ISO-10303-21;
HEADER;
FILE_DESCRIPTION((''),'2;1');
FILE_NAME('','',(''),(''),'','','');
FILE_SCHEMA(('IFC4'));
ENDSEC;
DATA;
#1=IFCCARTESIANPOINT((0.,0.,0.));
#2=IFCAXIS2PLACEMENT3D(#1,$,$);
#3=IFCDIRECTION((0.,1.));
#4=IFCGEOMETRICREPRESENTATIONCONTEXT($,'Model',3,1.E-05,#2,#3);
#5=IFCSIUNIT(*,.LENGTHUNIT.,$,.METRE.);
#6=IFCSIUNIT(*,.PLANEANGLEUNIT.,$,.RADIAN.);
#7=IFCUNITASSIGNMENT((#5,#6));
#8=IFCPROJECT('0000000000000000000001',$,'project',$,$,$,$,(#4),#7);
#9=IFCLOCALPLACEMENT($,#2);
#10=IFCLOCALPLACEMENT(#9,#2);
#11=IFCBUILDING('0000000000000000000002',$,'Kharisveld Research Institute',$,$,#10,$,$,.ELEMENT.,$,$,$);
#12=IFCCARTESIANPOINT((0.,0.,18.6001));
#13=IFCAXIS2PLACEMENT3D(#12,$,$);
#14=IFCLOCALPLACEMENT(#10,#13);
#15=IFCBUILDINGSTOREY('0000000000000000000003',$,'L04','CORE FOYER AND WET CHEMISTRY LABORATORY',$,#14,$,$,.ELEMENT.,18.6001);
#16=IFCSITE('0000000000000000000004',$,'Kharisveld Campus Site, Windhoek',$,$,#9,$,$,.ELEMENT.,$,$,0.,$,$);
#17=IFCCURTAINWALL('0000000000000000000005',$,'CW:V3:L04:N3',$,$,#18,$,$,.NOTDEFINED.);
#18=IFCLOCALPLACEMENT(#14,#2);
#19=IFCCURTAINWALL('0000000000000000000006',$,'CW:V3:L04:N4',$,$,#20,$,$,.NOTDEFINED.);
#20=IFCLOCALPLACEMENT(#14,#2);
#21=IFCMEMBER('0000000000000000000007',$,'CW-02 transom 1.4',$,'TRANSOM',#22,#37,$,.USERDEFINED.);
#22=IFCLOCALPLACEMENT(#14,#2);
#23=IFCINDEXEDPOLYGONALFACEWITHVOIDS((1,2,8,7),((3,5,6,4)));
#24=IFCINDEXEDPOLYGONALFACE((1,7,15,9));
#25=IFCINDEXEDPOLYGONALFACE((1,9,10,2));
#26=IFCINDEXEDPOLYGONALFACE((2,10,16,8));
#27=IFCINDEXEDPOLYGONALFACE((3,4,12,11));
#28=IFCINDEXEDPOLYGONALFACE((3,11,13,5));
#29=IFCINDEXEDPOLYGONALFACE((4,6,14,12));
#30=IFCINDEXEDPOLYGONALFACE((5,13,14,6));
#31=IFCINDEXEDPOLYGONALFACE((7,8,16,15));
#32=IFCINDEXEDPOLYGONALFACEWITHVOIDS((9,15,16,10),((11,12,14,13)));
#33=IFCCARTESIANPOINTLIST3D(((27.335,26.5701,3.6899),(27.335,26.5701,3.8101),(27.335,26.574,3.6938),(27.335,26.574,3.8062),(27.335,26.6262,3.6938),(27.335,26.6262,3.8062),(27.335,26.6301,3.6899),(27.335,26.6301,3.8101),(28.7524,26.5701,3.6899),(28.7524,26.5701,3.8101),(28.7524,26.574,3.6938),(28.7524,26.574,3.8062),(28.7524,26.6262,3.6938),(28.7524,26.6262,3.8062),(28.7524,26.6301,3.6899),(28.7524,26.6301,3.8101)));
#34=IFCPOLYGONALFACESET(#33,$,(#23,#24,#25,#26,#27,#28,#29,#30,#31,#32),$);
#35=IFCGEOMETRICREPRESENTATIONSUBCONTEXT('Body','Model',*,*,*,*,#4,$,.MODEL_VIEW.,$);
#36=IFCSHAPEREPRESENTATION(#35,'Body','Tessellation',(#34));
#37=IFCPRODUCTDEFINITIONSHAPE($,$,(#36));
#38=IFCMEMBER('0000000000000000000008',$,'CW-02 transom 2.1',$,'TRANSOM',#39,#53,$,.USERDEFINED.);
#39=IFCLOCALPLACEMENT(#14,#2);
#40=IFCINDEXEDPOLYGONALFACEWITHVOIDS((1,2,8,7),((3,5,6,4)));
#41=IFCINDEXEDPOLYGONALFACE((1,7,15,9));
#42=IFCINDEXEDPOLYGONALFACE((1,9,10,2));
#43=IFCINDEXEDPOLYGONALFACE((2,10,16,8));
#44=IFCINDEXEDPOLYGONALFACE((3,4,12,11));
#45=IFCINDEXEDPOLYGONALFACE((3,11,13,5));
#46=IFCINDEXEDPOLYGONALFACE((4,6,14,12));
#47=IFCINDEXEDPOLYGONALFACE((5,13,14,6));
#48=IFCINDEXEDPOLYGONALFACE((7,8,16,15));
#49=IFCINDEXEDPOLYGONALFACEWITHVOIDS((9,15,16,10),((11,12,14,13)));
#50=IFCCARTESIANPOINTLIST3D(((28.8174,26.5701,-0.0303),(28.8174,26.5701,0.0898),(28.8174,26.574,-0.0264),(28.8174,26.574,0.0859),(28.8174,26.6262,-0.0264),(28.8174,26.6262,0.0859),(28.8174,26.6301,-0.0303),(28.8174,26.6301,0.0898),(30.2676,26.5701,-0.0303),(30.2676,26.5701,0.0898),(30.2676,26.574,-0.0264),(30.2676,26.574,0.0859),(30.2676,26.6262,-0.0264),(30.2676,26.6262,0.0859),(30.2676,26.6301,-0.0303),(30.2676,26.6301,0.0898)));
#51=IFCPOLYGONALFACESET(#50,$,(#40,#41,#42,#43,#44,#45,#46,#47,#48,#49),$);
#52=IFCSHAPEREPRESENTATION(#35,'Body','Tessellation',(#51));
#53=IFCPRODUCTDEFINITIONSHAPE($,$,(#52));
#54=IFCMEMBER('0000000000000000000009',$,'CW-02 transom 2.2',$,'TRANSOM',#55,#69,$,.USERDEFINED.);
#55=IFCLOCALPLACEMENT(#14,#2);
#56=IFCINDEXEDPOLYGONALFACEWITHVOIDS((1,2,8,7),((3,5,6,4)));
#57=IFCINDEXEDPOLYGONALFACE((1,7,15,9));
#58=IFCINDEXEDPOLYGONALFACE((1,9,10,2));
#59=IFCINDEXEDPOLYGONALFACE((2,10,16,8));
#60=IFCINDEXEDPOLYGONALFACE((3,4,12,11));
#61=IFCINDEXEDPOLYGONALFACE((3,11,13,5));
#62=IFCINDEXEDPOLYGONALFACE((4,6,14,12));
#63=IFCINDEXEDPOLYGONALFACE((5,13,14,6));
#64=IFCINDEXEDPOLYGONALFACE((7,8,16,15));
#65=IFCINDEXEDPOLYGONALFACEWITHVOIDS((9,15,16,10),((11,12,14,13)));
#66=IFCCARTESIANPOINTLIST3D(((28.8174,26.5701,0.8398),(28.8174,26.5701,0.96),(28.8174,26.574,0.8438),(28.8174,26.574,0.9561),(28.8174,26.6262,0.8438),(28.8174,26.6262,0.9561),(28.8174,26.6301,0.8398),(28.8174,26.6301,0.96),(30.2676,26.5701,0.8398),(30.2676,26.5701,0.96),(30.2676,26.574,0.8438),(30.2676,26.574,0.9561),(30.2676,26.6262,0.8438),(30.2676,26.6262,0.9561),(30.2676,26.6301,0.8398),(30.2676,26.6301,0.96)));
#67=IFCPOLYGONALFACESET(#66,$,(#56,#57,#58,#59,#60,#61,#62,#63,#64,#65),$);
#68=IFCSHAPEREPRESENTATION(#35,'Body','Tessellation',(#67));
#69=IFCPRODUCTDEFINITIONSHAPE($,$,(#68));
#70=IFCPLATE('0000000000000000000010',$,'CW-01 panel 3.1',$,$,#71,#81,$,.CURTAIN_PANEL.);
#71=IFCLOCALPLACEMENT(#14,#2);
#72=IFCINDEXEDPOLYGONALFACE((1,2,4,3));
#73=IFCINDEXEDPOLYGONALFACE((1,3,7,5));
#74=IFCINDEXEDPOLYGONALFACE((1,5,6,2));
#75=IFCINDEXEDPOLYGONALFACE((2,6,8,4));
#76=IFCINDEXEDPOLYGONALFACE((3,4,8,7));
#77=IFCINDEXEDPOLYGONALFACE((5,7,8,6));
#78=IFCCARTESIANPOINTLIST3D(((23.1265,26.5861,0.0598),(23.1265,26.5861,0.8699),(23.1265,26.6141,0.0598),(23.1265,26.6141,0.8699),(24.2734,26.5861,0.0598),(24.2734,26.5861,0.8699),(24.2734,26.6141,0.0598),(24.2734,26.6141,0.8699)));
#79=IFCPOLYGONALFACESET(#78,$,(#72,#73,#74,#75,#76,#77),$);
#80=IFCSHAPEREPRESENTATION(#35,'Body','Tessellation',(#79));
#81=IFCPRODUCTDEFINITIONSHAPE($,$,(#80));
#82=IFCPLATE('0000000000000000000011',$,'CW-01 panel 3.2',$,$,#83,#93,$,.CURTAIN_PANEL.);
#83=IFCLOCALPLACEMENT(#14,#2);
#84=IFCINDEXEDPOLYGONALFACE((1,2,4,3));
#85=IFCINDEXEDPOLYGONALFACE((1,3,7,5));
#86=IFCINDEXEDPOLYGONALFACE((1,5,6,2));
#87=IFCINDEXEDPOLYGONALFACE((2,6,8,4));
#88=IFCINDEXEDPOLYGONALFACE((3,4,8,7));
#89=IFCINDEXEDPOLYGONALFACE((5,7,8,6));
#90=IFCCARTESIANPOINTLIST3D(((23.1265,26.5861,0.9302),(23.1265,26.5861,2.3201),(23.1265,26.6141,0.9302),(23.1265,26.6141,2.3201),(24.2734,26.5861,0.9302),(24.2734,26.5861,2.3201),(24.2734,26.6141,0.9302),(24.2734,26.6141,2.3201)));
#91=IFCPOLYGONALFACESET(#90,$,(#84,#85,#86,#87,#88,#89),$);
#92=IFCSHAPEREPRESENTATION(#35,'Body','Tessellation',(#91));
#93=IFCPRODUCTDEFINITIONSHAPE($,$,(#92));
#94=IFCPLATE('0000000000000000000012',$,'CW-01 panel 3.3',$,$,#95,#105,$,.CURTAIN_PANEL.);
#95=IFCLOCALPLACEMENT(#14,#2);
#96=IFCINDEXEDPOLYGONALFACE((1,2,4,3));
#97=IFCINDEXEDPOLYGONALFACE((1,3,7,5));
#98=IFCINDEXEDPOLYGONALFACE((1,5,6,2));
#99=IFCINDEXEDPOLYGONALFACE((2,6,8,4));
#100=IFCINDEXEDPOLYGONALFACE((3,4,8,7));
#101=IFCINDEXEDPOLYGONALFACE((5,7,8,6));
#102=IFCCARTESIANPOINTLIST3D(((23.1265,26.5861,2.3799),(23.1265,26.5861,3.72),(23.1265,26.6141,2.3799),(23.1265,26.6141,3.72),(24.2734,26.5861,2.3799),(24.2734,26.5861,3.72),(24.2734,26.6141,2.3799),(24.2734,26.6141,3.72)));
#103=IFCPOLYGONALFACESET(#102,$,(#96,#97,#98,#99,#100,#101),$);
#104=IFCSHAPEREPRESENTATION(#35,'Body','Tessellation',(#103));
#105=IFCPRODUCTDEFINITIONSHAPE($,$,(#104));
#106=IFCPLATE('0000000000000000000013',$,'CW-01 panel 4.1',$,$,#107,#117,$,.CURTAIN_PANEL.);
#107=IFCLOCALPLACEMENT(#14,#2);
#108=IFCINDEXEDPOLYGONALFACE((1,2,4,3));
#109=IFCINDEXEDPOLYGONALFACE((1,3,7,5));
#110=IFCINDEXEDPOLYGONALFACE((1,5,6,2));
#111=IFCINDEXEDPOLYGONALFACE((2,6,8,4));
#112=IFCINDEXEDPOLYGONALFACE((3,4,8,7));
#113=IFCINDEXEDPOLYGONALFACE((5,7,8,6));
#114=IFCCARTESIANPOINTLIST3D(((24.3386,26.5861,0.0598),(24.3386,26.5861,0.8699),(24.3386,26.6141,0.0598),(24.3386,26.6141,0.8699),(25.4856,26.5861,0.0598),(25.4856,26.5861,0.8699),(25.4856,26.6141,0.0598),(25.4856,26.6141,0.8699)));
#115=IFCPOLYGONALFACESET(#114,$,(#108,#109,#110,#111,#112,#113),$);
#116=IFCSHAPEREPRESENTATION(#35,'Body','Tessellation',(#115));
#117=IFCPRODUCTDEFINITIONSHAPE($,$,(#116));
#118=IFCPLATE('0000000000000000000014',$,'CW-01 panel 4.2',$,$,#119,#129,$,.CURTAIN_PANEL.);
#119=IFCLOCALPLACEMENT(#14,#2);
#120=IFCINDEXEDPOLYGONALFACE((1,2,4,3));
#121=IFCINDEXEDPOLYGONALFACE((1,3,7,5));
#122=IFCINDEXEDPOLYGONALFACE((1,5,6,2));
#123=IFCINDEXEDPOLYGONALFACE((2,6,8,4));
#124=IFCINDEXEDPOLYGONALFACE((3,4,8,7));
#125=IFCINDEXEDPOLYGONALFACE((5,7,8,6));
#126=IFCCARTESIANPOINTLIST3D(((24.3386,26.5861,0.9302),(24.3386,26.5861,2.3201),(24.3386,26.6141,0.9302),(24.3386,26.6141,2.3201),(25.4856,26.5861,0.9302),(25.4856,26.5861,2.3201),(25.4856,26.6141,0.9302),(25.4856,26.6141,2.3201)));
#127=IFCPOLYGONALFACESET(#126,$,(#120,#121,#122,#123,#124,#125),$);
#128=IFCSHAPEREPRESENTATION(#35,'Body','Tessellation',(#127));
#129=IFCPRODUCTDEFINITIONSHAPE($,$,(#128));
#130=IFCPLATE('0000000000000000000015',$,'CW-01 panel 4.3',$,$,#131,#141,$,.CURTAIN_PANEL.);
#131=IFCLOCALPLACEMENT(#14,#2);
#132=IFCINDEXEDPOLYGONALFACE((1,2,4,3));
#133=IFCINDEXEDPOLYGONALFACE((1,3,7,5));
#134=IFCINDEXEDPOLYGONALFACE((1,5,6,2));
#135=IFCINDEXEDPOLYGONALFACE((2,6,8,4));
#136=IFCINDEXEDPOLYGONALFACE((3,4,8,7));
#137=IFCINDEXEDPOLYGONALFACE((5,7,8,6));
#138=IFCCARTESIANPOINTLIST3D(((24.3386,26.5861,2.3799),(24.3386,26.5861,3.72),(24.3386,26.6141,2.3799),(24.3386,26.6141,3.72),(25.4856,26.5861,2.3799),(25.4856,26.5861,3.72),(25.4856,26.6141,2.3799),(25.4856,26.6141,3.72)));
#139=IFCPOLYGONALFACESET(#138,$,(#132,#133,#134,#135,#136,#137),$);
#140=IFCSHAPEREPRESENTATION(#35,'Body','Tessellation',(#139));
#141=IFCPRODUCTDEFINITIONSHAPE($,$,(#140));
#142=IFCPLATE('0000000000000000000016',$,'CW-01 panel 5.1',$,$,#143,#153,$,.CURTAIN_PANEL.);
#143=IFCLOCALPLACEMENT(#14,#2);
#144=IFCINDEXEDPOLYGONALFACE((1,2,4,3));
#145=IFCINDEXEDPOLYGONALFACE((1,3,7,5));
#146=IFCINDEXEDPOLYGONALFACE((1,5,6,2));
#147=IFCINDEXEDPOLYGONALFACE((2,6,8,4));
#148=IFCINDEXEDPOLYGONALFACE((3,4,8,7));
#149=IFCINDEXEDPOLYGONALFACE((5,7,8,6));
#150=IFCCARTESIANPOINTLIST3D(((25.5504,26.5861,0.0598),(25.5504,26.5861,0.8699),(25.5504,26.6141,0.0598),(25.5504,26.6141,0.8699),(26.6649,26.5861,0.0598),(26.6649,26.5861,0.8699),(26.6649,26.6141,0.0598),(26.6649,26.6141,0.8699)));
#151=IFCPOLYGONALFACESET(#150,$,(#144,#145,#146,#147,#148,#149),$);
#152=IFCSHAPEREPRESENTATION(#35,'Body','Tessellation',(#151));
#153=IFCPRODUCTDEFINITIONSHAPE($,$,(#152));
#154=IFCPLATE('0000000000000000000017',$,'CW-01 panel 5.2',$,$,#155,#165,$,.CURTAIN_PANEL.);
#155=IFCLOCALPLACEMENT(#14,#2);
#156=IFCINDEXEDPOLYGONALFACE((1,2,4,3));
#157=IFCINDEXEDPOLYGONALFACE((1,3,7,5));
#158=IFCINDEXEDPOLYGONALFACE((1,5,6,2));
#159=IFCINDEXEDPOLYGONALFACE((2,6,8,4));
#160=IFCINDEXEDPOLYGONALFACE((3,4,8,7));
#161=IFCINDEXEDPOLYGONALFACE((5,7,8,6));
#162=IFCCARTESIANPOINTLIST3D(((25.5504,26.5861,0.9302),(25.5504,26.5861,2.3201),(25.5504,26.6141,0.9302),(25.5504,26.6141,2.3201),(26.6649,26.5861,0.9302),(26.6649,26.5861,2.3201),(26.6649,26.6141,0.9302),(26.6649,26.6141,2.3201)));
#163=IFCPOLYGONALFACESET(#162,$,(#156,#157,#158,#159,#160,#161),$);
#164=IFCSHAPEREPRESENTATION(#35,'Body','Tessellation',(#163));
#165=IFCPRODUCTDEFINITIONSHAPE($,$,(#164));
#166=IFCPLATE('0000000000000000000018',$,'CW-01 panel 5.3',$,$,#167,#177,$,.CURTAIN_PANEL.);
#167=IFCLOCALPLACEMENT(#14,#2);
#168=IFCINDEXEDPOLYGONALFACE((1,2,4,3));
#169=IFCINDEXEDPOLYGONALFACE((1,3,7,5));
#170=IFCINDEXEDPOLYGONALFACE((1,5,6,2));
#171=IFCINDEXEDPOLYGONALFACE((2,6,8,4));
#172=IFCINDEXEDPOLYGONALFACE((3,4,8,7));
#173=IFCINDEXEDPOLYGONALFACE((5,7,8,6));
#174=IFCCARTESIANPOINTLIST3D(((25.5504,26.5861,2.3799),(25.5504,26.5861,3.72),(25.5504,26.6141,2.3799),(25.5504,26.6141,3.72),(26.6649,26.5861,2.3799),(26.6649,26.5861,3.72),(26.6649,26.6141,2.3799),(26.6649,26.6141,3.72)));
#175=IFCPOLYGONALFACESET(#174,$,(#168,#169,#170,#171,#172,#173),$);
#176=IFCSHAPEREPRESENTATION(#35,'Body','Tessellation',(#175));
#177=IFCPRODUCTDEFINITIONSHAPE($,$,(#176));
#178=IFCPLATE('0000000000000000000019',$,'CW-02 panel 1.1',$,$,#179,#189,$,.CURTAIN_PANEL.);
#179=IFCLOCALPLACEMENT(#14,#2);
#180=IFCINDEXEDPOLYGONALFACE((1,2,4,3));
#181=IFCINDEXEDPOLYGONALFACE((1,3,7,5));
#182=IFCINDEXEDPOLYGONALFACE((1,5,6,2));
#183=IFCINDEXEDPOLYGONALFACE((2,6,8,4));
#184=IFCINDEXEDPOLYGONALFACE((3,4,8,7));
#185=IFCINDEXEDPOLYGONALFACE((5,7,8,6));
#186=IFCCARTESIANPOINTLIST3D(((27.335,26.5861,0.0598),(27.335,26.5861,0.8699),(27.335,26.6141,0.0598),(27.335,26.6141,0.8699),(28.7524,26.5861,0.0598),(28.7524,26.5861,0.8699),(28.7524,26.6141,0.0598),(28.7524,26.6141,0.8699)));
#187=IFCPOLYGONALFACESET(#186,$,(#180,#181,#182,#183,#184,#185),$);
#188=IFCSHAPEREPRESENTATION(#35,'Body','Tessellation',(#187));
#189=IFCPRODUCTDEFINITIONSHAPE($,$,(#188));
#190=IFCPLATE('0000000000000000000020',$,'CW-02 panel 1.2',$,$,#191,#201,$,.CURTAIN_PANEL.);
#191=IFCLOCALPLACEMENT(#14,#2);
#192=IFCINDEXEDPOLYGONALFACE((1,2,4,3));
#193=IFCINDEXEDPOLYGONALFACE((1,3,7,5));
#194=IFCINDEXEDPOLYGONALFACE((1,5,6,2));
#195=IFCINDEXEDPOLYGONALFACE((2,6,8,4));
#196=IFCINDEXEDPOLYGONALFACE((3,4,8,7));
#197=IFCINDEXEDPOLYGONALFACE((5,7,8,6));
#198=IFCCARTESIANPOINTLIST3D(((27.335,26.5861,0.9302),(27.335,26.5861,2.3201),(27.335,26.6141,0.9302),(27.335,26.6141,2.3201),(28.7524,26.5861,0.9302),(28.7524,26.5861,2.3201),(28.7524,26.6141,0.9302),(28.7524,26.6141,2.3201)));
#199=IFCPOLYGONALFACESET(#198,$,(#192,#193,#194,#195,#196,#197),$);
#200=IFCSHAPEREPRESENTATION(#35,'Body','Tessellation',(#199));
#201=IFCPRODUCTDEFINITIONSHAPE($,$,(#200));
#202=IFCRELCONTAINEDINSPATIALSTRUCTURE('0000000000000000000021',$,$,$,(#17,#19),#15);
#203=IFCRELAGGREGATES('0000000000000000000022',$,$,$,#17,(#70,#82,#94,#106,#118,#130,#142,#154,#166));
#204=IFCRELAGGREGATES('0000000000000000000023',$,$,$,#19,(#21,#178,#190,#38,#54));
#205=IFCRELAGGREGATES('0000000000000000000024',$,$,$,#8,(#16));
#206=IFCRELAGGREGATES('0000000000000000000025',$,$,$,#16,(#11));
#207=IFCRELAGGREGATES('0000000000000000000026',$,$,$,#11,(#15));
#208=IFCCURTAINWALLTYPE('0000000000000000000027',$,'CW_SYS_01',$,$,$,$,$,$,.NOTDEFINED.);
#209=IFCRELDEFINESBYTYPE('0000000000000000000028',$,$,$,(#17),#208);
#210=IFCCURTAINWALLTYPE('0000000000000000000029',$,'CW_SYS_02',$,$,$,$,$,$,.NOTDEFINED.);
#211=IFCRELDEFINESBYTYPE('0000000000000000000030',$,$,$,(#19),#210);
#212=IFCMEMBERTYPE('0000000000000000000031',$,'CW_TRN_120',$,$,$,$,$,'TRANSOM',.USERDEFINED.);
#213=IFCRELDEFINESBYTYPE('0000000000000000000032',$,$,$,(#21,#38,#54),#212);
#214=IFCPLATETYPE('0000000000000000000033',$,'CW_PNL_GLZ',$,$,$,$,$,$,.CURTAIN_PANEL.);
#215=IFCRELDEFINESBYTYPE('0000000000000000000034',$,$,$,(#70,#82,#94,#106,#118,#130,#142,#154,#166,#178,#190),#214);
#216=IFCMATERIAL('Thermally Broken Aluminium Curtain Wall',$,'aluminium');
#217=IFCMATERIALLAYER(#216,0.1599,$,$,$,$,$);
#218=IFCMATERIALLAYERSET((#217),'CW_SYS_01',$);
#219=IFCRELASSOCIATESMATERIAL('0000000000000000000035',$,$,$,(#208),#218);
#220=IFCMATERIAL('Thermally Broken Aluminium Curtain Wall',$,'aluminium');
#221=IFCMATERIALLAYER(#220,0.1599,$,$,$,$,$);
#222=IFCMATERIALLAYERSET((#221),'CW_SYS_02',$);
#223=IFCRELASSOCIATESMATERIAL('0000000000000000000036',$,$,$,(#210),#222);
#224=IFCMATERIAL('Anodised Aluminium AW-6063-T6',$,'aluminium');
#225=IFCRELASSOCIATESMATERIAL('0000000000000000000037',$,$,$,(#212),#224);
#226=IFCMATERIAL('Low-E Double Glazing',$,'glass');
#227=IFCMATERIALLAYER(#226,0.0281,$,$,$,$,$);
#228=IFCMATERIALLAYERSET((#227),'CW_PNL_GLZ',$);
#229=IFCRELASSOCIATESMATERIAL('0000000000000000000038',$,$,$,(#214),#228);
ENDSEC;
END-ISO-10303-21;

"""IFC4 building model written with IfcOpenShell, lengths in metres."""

from ifc_helpers import new_model, si_unit, direction, frame, origin, origin_2d, place, context, subcontext, project, spatial, rectangle, hollow_rectangle, extrude, material, layer, layer_set, material_profile, profile_set, type_object, element, aggregate, save


model = new_model("IFC4")

# Units and contexts
model_context = context("Model", 3, precision=1e-05, world=origin(), true_north=direction((0.0, 1.0)))
body_context = subcontext(model_context, "Body", "Model", "MODEL_VIEW")
ifc_project = project(units=[si_unit("LENGTHUNIT", "METRE"), si_unit("PLANEANGLEUNIT", "RADIAN")], contexts=[model_context])

# Site, building, storey
site_placement = place(None, origin())
site = spatial("IfcSite", under=ifc_project, at=site_placement, Name="Kharisveld Campus Site, Windhoek", CompositionType="ELEMENT", RefElevation=0.0)
building_placement = place(site_placement, origin())
building = spatial("IfcBuilding", under=site, at=building_placement, Name="Kharisveld Research Institute", CompositionType="ELEMENT")
storey_placement = place(building_placement, frame((0.0, 0.0, 18.6001)))
storey = spatial("IfcBuildingStorey", under=building, at=storey_placement, Name="L04", Description="CORE FOYER AND WET CHEMISTRY LABORATORY", CompositionType="ELEMENT", Elevation=18.6001)

# Curtain walls
ifc_material_1 = material(Name="Thermally Broken Aluminium Curtain Wall", Category="aluminium")
ifc_layer_1 = layer(ifc_material_1, 0.1599)
ifc_layer_set_1 = layer_set([ifc_layer_1], Name="CW_SYS_01")
curtain_wall_type_1 = type_object("IfcCurtainWallType", Name="CW_SYS_01", PredefinedType="NOTDEFINED", material=ifc_layer_set_1)
curtain_wall_1_placement = place(storey_placement, origin())
curtain_wall_1 = element("IfcCurtainWall", 1, at=curtain_wall_1_placement, inside=storey, type_object=curtain_wall_type_1, Name="CW:V3:L04:N3", PredefinedType="NOTDEFINED")
ifc_material_2 = material(Name="Thermally Broken Aluminium Curtain Wall", Category="aluminium")
ifc_layer_2 = layer(ifc_material_2, 0.1599)
ifc_layer_set_2 = layer_set([ifc_layer_2], Name="CW_SYS_02")
curtain_wall_type_2 = type_object("IfcCurtainWallType", Name="CW_SYS_02", PredefinedType="NOTDEFINED", material=ifc_layer_set_2)
curtain_wall_2_placement = place(storey_placement, origin())
curtain_wall_2 = element("IfcCurtainWall", 2, at=curtain_wall_2_placement, inside=storey, type_object=curtain_wall_type_2, Name="CW:V3:L04:N4", PredefinedType="NOTDEFINED")

# Members
ifc_material_3 = material(Name="Anodised Aluminium AW-6063-T6", Category="aluminium")
ifc_material_profile_1 = material_profile(ifc_material_3, hollow_rectangle(XDim=0.0601, YDim=0.1201, WallThickness=0.0039, at=origin_2d()))
ifc_profile_set_1 = profile_set([ifc_material_profile_1], Name="Anodised Aluminium AW-6063-T6")
member_type_1 = type_object("IfcMemberType", Name="CW_TRN_120", ElementType="TRANSOM", PredefinedType="USERDEFINED", material=ifc_profile_set_1)
member_1_placement = place(storey_placement, frame((27.335, 26.6001, 3.75), z_axis=(1.0, 0.0, 0.0), x_axis=(0.0, 1.0, 0.0)))
member_1 = element("IfcMember", 3, at=member_1_placement, type_object=member_type_1, Name="CW-02 transom 1.4", ObjectType="TRANSOM", PredefinedType="USERDEFINED", context=body_context, shape_type="SweptSolid", body=[
    extrude(hollow_rectangle(XDim=0.0601, YDim=0.1201, WallThickness=0.0039, at=origin_2d()), origin(), (0.0, 0.0, 1.0), 1.4175),
])
member_2_placement = place(storey_placement, frame((28.8174, 26.6001, 0.0298), z_axis=(1.0, 0.0, 0.0), x_axis=(0.0, 1.0, 0.0)))
member_2 = element("IfcMember", 4, at=member_2_placement, type_object=member_type_1, Name="CW-02 transom 2.1", ObjectType="TRANSOM", PredefinedType="USERDEFINED", context=body_context, shape_type="SweptSolid", body=[
    extrude(hollow_rectangle(XDim=0.0601, YDim=0.1201, WallThickness=0.0039, at=origin_2d()), origin(), (0.0, 0.0, 1.0), 1.4502),
])
member_3_placement = place(storey_placement, frame((28.8174, 26.6001, 0.8999), z_axis=(1.0, 0.0, 0.0), x_axis=(0.0, 1.0, 0.0)))
member_3 = element("IfcMember", 5, at=member_3_placement, type_object=member_type_1, Name="CW-02 transom 2.2", ObjectType="TRANSOM", PredefinedType="USERDEFINED", context=body_context, shape_type="SweptSolid", body=[
    extrude(hollow_rectangle(XDim=0.0601, YDim=0.1201, WallThickness=0.0039, at=origin_2d()), origin(), (0.0, 0.0, 1.0), 1.4502),
])

# Plates
ifc_material_4 = material(Name="Low-E Double Glazing", Category="glass")
ifc_layer_3 = layer(ifc_material_4, 0.0281)
ifc_layer_set_3 = layer_set([ifc_layer_3], Name="CW_PNL_GLZ")
plate_type = type_object("IfcPlateType", Name="CW_PNL_GLZ", PredefinedType="CURTAIN_PANEL", material=ifc_layer_set_3)
plate_1_placement = place(storey_placement, frame((23.7, 26.6001, 0.0598), z_axis=(0.0, 0.0, 1.0), x_axis=(1.0, 0.0, 0.0)))
plate_1 = element("IfcPlate", 6, at=plate_1_placement, type_object=plate_type, Name="CW-01 panel 3.1", PredefinedType="CURTAIN_PANEL", context=body_context, shape_type="SweptSolid", body=[
    extrude(rectangle(XDim=1.147, YDim=0.0281, at=origin_2d()), origin(), (0.0, 0.0, 1.0), 0.8101),
])
plate_2_placement = place(storey_placement, frame((23.7, 26.6001, 0.9302), z_axis=(0.0, 0.0, 1.0), x_axis=(1.0, 0.0, 0.0)))
plate_2 = element("IfcPlate", 7, at=plate_2_placement, type_object=plate_type, Name="CW-01 panel 3.2", PredefinedType="CURTAIN_PANEL", context=body_context, shape_type="SweptSolid", body=[
    extrude(rectangle(XDim=1.147, YDim=0.0281, at=origin_2d()), origin(), (0.0, 0.0, 1.0), 1.3899),
])
plate_3_placement = place(storey_placement, frame((23.7, 26.6001, 2.3799), z_axis=(0.0, 0.0, 1.0), x_axis=(1.0, 0.0, 0.0)))
plate_3 = element("IfcPlate", 8, at=plate_3_placement, type_object=plate_type, Name="CW-01 panel 3.3", PredefinedType="CURTAIN_PANEL", context=body_context, shape_type="SweptSolid", body=[
    extrude(rectangle(XDim=1.147, YDim=0.0281, at=origin_2d()), origin(), (0.0, 0.0, 1.0), 1.3401),
])
plate_4_placement = place(storey_placement, frame((24.9121, 26.6001, 0.0598), z_axis=(0.0, 0.0, 1.0), x_axis=(1.0, 0.0, 0.0)))
plate_4 = element("IfcPlate", 9, at=plate_4_placement, type_object=plate_type, Name="CW-01 panel 4.1", PredefinedType="CURTAIN_PANEL", context=body_context, shape_type="SweptSolid", body=[
    extrude(rectangle(XDim=1.147, YDim=0.0281, at=origin_2d()), origin(), (0.0, 0.0, 1.0), 0.8101),
])
plate_5_placement = place(storey_placement, frame((24.9121, 26.6001, 0.9302), z_axis=(0.0, 0.0, 1.0), x_axis=(1.0, 0.0, 0.0)))
plate_5 = element("IfcPlate", 10, at=plate_5_placement, type_object=plate_type, Name="CW-01 panel 4.2", PredefinedType="CURTAIN_PANEL", context=body_context, shape_type="SweptSolid", body=[
    extrude(rectangle(XDim=1.147, YDim=0.0281, at=origin_2d()), origin(), (0.0, 0.0, 1.0), 1.3899),
])
plate_6_placement = place(storey_placement, frame((24.9121, 26.6001, 2.3799), z_axis=(0.0, 0.0, 1.0), x_axis=(1.0, 0.0, 0.0)))
plate_6 = element("IfcPlate", 11, at=plate_6_placement, type_object=plate_type, Name="CW-01 panel 4.3", PredefinedType="CURTAIN_PANEL", context=body_context, shape_type="SweptSolid", body=[
    extrude(rectangle(XDim=1.147, YDim=0.0281, at=origin_2d()), origin(), (0.0, 0.0, 1.0), 1.3401),
])
plate_7_placement = place(storey_placement, frame((26.1077, 26.6001, 0.0598), z_axis=(0.0, 0.0, 1.0), x_axis=(1.0, 0.0, 0.0)))
plate_7 = element("IfcPlate", 12, at=plate_7_placement, type_object=plate_type, Name="CW-01 panel 5.1", PredefinedType="CURTAIN_PANEL", context=body_context, shape_type="SweptSolid", body=[
    extrude(rectangle(XDim=1.1145, YDim=0.0281, at=origin_2d()), origin(), (0.0, 0.0, 1.0), 0.8101),
])
plate_8_placement = place(storey_placement, frame((26.1077, 26.6001, 0.9302), z_axis=(0.0, 0.0, 1.0), x_axis=(1.0, 0.0, 0.0)))
plate_8 = element("IfcPlate", 13, at=plate_8_placement, type_object=plate_type, Name="CW-01 panel 5.2", PredefinedType="CURTAIN_PANEL", context=body_context, shape_type="SweptSolid", body=[
    extrude(rectangle(XDim=1.1145, YDim=0.0281, at=origin_2d()), origin(), (0.0, 0.0, 1.0), 1.3899),
])
plate_9_placement = place(storey_placement, frame((26.1077, 26.6001, 2.3799), z_axis=(0.0, 0.0, 1.0), x_axis=(1.0, 0.0, 0.0)))
plate_9 = element("IfcPlate", 14, at=plate_9_placement, type_object=plate_type, Name="CW-01 panel 5.3", PredefinedType="CURTAIN_PANEL", context=body_context, shape_type="SweptSolid", body=[
    extrude(rectangle(XDim=1.1145, YDim=0.0281, at=origin_2d()), origin(), (0.0, 0.0, 1.0), 1.3401),
])
aggregate(curtain_wall_1, [plate_1, plate_2, plate_3, plate_4, plate_5, plate_6, plate_7, plate_8, plate_9])
plate_10_placement = place(storey_placement, frame((28.0437, 26.6001, 0.0598), z_axis=(0.0, 0.0, 1.0), x_axis=(1.0, 0.0, 0.0)))
plate_10 = element("IfcPlate", 15, at=plate_10_placement, type_object=plate_type, Name="CW-02 panel 1.1", PredefinedType="CURTAIN_PANEL", context=body_context, shape_type="SweptSolid", body=[
    extrude(rectangle(XDim=1.4175, YDim=0.0281, at=origin_2d()), origin(), (0.0, 0.0, 1.0), 0.8101),
])
plate_11_placement = place(storey_placement, frame((28.0437, 26.6001, 0.9302), z_axis=(0.0, 0.0, 1.0), x_axis=(1.0, 0.0, 0.0)))
plate_11 = element("IfcPlate", 16, at=plate_11_placement, type_object=plate_type, Name="CW-02 panel 1.2", PredefinedType="CURTAIN_PANEL", context=body_context, shape_type="SweptSolid", body=[
    extrude(rectangle(XDim=1.4175, YDim=0.0281, at=origin_2d()), origin(), (0.0, 0.0, 1.0), 1.3899),
])
aggregate(curtain_wall_2, [member_1, plate_10, plate_11, member_2, member_3])

save(model, "model.ifc")
